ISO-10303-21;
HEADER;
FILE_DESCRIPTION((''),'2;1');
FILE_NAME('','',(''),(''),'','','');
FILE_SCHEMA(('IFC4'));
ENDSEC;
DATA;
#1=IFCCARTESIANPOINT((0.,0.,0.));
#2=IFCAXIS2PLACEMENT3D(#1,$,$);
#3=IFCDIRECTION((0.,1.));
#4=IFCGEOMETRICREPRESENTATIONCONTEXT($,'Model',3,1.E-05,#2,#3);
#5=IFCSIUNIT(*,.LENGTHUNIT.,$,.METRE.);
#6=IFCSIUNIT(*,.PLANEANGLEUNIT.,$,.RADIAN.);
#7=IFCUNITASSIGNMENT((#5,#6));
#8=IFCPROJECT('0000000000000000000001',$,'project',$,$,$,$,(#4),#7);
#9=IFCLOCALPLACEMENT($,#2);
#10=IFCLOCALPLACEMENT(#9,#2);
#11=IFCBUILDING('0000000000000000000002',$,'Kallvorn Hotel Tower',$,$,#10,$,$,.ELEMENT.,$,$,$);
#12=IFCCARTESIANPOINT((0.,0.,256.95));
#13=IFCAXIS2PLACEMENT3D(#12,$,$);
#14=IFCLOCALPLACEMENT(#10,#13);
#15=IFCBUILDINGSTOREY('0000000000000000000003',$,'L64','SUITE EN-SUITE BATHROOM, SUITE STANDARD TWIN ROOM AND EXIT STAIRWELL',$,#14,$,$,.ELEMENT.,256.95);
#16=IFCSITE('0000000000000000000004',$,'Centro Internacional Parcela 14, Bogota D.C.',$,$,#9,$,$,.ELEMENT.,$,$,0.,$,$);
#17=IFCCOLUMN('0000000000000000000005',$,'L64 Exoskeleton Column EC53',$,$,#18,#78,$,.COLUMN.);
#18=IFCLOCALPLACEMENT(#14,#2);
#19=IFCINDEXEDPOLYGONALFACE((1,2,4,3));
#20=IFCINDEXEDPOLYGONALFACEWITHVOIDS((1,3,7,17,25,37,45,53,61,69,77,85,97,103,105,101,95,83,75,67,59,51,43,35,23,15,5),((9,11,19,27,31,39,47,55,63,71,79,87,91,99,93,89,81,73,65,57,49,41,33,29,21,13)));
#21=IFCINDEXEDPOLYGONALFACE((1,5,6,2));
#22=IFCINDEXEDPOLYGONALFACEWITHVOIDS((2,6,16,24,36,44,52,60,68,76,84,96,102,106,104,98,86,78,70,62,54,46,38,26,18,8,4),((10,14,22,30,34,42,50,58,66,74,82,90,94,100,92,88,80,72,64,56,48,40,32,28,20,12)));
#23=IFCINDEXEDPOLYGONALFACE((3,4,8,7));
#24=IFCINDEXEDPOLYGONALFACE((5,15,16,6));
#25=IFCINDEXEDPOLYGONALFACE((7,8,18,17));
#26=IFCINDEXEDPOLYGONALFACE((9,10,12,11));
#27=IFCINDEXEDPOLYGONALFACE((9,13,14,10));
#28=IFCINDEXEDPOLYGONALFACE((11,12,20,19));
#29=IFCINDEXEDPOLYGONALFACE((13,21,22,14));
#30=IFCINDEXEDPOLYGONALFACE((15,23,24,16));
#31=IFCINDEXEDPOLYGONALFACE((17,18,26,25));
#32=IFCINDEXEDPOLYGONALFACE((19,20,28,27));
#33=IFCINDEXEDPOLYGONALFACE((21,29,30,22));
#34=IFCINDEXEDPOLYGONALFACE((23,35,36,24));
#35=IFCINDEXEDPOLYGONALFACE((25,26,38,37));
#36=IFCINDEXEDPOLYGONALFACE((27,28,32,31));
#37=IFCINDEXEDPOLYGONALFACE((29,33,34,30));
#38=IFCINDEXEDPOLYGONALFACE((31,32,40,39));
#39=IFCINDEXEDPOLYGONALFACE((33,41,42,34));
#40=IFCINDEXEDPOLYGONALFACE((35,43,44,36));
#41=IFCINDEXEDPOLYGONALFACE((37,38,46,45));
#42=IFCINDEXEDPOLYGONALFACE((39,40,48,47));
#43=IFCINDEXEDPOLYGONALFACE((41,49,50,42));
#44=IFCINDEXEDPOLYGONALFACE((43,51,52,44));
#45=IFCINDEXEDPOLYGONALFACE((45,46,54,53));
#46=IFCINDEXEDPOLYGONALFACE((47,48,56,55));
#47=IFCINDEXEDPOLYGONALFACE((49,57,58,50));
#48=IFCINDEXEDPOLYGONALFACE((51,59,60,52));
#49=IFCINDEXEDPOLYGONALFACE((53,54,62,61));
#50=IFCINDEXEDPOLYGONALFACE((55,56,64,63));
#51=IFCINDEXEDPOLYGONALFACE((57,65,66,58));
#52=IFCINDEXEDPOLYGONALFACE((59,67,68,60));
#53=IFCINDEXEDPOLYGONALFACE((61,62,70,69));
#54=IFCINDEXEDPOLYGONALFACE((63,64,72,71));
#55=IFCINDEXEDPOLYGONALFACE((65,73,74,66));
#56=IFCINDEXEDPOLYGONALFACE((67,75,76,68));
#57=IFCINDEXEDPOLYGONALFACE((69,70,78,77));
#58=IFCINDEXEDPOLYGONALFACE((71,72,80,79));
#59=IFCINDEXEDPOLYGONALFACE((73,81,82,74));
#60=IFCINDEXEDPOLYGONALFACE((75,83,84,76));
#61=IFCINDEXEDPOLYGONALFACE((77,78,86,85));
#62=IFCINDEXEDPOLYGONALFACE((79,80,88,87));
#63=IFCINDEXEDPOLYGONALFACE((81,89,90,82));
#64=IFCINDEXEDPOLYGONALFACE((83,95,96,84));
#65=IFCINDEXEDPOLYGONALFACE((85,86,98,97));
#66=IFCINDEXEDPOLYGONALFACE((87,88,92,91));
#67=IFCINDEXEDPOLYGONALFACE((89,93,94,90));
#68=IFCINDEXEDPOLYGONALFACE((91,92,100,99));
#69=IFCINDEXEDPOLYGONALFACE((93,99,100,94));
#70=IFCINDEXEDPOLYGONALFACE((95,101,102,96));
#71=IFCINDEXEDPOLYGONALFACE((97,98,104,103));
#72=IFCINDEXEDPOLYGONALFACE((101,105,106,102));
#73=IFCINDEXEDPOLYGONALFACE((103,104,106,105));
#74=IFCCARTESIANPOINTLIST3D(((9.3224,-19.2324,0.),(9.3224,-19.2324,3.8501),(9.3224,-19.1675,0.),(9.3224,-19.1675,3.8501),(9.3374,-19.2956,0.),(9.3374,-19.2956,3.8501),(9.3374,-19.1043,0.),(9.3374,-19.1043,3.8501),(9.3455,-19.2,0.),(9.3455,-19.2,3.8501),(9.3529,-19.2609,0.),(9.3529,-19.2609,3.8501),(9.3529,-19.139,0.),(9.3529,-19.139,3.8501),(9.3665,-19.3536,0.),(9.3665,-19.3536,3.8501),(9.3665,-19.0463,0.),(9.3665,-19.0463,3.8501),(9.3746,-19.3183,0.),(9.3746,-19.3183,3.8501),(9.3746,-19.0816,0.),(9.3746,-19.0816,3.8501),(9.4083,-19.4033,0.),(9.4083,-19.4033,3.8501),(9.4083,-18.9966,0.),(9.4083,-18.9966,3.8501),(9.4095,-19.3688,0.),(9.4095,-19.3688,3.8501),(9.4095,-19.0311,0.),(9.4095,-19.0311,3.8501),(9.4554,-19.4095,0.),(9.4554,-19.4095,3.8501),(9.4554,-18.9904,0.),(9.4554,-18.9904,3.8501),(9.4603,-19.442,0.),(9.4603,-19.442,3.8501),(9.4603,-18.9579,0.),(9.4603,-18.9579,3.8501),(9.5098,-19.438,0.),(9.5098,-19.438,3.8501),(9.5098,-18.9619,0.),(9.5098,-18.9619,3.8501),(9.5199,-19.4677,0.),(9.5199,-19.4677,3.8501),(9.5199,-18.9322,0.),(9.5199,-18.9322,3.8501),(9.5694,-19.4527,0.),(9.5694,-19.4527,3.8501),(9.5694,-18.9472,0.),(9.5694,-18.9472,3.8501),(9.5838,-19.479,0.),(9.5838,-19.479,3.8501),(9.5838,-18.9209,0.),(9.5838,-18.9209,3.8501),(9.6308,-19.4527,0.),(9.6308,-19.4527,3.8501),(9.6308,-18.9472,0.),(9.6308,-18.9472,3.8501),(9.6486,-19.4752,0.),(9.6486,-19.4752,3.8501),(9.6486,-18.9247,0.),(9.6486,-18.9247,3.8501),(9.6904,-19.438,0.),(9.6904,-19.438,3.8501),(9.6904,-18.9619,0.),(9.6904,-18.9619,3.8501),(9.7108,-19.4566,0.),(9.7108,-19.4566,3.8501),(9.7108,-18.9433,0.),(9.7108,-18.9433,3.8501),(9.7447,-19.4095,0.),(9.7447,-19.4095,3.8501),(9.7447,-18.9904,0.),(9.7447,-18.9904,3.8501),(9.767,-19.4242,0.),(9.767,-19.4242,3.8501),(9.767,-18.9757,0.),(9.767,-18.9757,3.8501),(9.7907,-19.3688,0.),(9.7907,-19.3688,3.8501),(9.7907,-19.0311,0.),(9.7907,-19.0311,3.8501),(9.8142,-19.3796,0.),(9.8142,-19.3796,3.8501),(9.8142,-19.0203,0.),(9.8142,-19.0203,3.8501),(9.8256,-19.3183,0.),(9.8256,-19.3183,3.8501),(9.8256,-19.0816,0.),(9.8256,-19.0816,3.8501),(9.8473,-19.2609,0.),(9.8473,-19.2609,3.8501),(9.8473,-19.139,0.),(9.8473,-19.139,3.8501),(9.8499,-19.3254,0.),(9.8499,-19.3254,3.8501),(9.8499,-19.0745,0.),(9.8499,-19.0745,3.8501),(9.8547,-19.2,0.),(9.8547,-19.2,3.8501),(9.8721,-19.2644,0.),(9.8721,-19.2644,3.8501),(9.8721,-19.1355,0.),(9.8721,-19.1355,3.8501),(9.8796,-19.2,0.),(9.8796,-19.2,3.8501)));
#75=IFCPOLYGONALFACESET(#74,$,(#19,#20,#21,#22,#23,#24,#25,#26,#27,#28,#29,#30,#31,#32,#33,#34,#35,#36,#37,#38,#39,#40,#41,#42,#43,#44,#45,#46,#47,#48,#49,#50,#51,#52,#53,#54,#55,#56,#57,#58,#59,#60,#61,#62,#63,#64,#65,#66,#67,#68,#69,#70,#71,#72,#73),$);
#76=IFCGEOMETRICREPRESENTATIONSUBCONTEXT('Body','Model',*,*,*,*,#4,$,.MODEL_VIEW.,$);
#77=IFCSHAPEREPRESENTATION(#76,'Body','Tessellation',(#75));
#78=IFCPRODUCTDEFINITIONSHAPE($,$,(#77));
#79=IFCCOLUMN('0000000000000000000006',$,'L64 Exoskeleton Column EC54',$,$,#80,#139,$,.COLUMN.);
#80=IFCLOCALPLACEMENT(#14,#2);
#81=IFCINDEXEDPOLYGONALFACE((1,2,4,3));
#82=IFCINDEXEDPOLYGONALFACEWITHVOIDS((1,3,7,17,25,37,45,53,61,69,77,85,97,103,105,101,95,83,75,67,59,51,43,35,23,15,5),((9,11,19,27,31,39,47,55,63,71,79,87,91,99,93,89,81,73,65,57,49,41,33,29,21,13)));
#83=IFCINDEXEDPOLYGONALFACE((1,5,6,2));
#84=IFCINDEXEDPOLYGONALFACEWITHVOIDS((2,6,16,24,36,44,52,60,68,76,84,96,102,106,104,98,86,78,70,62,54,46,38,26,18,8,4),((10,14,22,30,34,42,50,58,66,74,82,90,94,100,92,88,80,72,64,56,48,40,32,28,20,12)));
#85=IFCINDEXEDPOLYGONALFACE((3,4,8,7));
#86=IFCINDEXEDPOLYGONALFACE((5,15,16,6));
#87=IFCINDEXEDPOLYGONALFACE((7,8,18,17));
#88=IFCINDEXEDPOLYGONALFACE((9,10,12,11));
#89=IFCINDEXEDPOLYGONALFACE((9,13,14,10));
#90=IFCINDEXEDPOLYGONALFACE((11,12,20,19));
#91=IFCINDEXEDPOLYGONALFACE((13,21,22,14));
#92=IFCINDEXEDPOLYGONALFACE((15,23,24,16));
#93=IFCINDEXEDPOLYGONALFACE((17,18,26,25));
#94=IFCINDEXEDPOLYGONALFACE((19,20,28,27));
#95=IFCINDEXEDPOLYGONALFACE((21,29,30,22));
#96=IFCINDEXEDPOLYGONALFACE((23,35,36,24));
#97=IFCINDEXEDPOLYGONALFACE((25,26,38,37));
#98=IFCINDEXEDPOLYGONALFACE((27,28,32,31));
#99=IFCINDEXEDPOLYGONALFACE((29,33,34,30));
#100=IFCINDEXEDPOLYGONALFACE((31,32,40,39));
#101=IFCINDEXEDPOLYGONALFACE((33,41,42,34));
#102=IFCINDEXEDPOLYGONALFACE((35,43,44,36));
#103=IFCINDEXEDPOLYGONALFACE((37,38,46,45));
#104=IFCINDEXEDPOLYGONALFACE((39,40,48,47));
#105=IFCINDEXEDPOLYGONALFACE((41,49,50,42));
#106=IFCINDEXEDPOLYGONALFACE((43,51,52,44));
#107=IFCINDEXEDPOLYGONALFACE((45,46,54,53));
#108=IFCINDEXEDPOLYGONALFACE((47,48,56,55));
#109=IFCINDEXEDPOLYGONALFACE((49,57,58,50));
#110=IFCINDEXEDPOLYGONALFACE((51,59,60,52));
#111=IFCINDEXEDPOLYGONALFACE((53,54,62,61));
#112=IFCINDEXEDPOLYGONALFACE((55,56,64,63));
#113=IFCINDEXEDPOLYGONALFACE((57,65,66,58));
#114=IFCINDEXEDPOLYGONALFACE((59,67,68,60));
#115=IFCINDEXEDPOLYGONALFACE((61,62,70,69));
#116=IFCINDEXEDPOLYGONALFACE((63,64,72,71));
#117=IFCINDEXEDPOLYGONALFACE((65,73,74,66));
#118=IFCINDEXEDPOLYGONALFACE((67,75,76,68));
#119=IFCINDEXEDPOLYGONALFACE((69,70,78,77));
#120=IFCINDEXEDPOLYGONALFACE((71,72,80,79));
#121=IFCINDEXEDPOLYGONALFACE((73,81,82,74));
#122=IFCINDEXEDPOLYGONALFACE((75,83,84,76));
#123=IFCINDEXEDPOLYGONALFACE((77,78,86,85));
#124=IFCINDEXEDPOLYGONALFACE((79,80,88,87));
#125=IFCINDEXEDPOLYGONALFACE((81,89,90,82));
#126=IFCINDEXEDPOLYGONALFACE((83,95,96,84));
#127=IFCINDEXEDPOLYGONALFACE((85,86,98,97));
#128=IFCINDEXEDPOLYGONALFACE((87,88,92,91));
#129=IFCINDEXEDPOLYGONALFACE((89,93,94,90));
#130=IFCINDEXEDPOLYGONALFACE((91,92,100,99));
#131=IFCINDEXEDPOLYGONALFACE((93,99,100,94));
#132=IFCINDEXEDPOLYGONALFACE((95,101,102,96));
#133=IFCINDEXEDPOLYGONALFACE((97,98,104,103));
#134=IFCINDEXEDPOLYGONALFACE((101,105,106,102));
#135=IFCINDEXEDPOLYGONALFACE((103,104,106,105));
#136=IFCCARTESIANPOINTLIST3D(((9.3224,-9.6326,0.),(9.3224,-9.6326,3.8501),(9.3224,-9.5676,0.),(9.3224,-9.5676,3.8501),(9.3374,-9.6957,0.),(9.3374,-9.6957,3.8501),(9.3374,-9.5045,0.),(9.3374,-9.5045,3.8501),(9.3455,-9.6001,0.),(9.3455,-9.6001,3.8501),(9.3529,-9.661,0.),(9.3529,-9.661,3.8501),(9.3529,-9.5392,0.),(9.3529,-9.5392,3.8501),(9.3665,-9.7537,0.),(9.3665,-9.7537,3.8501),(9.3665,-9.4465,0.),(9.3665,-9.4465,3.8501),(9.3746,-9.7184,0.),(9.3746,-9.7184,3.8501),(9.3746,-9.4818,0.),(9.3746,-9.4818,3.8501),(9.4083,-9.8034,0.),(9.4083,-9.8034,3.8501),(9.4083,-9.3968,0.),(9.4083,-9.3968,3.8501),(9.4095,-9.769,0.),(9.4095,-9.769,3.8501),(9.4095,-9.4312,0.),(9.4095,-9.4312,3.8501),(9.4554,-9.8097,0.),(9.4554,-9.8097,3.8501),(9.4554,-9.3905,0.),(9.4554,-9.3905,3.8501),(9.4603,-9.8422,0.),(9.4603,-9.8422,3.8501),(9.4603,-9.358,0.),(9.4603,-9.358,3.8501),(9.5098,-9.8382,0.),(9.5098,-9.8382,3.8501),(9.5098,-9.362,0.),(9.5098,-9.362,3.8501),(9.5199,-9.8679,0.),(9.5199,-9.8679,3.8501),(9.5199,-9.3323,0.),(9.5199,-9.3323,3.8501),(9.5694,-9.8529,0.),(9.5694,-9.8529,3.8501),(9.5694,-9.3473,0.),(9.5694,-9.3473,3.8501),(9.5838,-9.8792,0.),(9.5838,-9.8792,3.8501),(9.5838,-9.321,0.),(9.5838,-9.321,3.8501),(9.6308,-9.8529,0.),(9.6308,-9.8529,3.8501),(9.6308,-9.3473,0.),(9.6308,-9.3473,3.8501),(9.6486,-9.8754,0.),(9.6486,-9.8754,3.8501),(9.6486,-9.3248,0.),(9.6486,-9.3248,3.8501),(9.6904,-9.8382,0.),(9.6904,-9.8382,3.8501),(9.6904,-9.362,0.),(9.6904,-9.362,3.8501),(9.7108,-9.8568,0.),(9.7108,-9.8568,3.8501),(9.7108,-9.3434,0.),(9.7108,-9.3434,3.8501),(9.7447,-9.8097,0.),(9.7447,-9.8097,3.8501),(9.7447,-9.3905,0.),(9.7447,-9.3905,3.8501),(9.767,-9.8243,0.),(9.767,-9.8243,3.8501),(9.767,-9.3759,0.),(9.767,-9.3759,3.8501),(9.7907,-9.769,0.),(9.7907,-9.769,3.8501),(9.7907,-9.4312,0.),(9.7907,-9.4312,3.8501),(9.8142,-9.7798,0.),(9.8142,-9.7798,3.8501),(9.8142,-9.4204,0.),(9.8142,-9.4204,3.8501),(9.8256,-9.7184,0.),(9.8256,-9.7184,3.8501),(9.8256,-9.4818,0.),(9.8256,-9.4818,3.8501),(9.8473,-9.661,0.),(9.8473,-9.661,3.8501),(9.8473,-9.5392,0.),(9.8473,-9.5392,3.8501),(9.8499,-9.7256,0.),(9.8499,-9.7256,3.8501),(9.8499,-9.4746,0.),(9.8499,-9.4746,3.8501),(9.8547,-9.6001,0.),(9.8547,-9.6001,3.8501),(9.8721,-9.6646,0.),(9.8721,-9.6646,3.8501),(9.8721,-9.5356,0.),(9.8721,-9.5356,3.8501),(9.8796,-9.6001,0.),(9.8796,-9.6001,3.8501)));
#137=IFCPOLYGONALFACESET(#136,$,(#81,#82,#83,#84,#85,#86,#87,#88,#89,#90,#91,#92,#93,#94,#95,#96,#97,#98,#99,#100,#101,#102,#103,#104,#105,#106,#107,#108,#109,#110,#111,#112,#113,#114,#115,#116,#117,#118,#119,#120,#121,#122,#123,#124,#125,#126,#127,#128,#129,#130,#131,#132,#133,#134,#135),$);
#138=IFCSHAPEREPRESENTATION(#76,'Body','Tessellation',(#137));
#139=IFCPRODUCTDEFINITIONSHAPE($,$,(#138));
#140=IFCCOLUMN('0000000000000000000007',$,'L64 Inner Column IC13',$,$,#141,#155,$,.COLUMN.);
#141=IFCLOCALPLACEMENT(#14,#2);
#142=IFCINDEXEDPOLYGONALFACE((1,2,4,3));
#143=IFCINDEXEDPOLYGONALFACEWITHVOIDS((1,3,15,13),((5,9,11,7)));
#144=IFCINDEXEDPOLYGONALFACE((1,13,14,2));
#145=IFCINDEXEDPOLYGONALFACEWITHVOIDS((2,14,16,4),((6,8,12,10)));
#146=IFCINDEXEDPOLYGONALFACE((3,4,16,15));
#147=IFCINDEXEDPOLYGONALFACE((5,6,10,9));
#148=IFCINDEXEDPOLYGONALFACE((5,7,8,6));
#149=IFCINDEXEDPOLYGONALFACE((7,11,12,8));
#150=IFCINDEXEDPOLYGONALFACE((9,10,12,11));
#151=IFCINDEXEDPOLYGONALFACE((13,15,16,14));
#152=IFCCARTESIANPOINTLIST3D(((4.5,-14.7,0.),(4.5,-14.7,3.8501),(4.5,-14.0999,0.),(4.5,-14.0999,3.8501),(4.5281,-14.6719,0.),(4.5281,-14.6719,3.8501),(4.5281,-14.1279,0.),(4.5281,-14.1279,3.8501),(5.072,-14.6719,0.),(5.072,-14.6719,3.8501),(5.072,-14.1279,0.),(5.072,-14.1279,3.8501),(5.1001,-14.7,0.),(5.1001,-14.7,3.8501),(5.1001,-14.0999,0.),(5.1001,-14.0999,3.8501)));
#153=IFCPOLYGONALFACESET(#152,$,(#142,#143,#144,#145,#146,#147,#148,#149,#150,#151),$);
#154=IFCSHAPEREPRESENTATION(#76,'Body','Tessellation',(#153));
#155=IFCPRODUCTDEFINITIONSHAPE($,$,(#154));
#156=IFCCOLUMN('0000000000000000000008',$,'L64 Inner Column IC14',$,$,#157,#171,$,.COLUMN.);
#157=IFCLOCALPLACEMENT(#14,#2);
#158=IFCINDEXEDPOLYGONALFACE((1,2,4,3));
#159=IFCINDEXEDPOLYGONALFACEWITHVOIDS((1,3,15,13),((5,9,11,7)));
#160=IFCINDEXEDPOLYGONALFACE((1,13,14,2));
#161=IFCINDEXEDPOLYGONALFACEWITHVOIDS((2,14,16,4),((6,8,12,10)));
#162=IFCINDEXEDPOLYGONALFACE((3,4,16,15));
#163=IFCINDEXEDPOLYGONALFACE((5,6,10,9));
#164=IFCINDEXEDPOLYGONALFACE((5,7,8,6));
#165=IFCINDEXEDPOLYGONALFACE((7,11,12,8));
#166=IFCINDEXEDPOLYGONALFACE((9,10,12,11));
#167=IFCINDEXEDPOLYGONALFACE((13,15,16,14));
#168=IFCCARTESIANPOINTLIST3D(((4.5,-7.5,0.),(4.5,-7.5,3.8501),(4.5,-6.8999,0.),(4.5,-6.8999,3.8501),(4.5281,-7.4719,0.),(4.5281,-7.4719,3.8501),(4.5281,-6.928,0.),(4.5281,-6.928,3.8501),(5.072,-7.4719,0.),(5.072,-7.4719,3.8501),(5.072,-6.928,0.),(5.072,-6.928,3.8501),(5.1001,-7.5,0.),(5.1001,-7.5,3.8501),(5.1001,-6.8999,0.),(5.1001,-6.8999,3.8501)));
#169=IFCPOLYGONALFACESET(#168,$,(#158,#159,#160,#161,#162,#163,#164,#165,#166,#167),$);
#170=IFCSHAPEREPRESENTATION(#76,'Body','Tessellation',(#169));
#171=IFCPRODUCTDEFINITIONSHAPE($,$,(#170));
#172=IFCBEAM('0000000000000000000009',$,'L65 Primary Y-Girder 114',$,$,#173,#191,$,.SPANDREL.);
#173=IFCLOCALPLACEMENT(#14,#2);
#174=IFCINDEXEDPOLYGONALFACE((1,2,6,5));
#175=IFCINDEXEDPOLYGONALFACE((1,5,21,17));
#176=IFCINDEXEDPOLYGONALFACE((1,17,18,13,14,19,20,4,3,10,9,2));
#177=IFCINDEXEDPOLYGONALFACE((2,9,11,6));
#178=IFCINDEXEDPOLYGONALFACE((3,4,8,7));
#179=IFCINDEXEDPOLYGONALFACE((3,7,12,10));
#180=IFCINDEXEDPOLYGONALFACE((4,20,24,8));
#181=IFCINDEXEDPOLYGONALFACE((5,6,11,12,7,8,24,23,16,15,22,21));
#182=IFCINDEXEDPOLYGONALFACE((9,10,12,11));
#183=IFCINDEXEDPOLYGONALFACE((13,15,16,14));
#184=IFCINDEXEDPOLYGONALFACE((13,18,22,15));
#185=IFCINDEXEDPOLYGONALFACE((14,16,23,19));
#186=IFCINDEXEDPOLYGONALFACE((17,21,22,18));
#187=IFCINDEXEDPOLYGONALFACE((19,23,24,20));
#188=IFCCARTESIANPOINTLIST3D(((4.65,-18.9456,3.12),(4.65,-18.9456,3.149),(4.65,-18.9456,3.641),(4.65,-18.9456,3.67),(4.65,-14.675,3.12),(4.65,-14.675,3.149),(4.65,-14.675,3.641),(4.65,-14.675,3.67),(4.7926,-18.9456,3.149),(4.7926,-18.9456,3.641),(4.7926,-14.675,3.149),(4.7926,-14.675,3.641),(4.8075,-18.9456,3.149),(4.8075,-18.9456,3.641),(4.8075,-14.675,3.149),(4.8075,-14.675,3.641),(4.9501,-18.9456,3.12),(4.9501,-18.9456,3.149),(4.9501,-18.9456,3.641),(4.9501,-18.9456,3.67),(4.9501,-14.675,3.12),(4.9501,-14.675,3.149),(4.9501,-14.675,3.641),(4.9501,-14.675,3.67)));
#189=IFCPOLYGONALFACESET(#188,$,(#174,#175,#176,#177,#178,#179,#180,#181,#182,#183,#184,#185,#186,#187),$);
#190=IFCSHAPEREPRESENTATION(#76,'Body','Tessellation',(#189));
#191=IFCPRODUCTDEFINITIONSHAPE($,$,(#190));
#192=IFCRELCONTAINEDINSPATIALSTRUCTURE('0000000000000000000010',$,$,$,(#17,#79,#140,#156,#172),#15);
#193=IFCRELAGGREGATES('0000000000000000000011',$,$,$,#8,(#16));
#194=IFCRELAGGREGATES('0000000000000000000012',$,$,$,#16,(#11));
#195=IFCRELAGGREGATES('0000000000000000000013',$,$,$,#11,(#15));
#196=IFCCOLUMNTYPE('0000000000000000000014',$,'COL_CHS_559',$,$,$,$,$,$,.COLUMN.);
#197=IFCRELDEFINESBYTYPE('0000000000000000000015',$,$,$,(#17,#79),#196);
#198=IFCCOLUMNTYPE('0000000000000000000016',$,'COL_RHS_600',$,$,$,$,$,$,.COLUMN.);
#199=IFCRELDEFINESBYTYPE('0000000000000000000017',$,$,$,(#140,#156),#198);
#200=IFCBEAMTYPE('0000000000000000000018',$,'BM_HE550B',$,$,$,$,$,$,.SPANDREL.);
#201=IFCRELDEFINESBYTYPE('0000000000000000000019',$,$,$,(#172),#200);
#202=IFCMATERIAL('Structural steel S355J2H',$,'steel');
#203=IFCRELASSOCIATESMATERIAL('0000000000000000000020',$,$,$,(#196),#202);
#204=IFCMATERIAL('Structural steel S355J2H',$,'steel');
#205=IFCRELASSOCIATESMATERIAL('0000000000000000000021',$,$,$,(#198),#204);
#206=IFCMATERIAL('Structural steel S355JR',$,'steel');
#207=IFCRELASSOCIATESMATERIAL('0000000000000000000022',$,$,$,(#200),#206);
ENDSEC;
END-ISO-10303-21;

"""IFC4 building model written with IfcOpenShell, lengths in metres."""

from ifc_helpers import new_model, si_unit, direction, frame, origin, origin_2d, place, context, subcontext, project, spatial, hollow_rectangle, hollow_circle, i_section, extrude, material, material_profile, profile_set, type_object, element, save


model = new_model("IFC4")

# Units and contexts
model_context = context("Model", 3, precision=1e-05, world=origin(), true_north=direction((0.0, 1.0)))
body_context = subcontext(model_context, "Body", "Model", "MODEL_VIEW")
ifc_project = project(units=[si_unit("LENGTHUNIT", "METRE"), si_unit("PLANEANGLEUNIT", "RADIAN")], contexts=[model_context])

# Site, building, storey
site_placement = place(None, origin())
site = spatial("IfcSite", under=ifc_project, at=site_placement, Name="Centro Internacional Parcela 14, Bogota D.C.", CompositionType="ELEMENT", RefElevation=0.0)
building_placement = place(site_placement, origin())
building = spatial("IfcBuilding", under=site, at=building_placement, Name="Kallvorn Hotel Tower", CompositionType="ELEMENT")
storey_placement = place(building_placement, frame((0.0, 0.0, 256.95)))
storey = spatial("IfcBuildingStorey", under=building, at=storey_placement, Name="L64", Description="SUITE EN-SUITE BATHROOM, SUITE STANDARD TWIN ROOM AND EXIT STAIRWELL", CompositionType="ELEMENT", Elevation=256.95)

# Columns
ifc_material_1 = material(Name="Structural steel S355J2H", Category="steel")
ifc_material_profile_1 = material_profile(ifc_material_1, hollow_circle(Radius=0.2795, WallThickness=0.0249, at=origin_2d()), Name="CHS 559x25")
ifc_profile_set_1 = profile_set([ifc_material_profile_1], Name="Structural steel S355J2H")
column_type_1 = type_object("IfcColumnType", Name="COL_CHS_559", PredefinedType="COLUMN", material=ifc_profile_set_1)
for number, where, z_axis, x_axis, name in (
    (1, (9.6001, -19.2, 0.0), (0.0, 0.0, 1.0), (1.0, 0.0, 0.0), "L64 Exoskeleton Column EC53"),
    (2, (9.6001, -9.6001, 0.0), (0.0, 0.0, 1.0), (1.0, 0.0, 0.0), "L64 Exoskeleton Column EC54"),
):
    element("IfcColumn", number, at=place(storey_placement, frame(where, z_axis=z_axis, x_axis=x_axis)), inside=storey, type_object=column_type_1, Name=name, PredefinedType="COLUMN", context=body_context, shape_type="SweptSolid", body=[
        extrude(hollow_circle(Radius=0.2795, WallThickness=0.0249, at=origin_2d()), origin(), (0.0, 0.0, 1.0), 3.8501),
    ])
ifc_material_2 = material(Name="Structural steel S355J2H", Category="steel")
ifc_material_profile_2 = material_profile(ifc_material_2, hollow_rectangle(XDim=0.6001, YDim=0.6001, WallThickness=0.0281, at=origin_2d()), Name="RHS 600x600x28")
ifc_profile_set_2 = profile_set([ifc_material_profile_2], Name="Structural steel S355J2H")
column_type_2 = type_object("IfcColumnType", Name="COL_RHS_600", PredefinedType="COLUMN", material=ifc_profile_set_2)
for number, where, z_axis, x_axis, name in (
    (3, (4.8, -14.3999, 0.0), (0.0, 0.0, 1.0), (1.0, 0.0, 0.0), "L64 Inner Column IC13"),
    (4, (4.8, -7.2, 0.0), (0.0, 0.0, 1.0), (1.0, 0.0, 0.0), "L64 Inner Column IC14"),
):
    element("IfcColumn", number, at=place(storey_placement, frame(where, z_axis=z_axis, x_axis=x_axis)), inside=storey, type_object=column_type_2, Name=name, PredefinedType="COLUMN", context=body_context, shape_type="SweptSolid", body=[
        extrude(hollow_rectangle(XDim=0.6001, YDim=0.6001, WallThickness=0.0281, at=origin_2d()), origin(), (0.0, 0.0, 1.0), 3.8501),
    ])

# Beam
ifc_material_3 = material(Name="Structural steel S355JR", Category="steel")
ifc_material_profile_3 = material_profile(ifc_material_3, i_section(OverallWidth=0.3, OverallDepth=0.55, WebThickness=0.0149, FlangeThickness=0.0291, at=origin_2d()), Name="HE 550 B")
ifc_profile_set_3 = profile_set([ifc_material_profile_3], Name="Structural steel S355JR")
beam_type_1 = type_object("IfcBeamType", Name="BM_HE550B", PredefinedType="SPANDREL", material=ifc_profile_set_3)
beam_1_placement = place(storey_placement, frame((4.8, -18.9456, 3.395), z_axis=(0.0, 1.0, 0.0), x_axis=(-1.0, 0.0, 0.0)))
element("IfcBeam", 5, at=beam_1_placement, inside=storey, type_object=beam_type_1, Name="L65 Primary Y-Girder 114", PredefinedType="SPANDREL", context=body_context, shape_type="SweptSolid", body=[
    extrude(i_section(OverallWidth=0.3, OverallDepth=0.55, WebThickness=0.0149, FlangeThickness=0.0291, at=origin_2d()), origin(), (0.0, 0.0, 1.0), 4.2705),
])

save(model, "model.ifc")
